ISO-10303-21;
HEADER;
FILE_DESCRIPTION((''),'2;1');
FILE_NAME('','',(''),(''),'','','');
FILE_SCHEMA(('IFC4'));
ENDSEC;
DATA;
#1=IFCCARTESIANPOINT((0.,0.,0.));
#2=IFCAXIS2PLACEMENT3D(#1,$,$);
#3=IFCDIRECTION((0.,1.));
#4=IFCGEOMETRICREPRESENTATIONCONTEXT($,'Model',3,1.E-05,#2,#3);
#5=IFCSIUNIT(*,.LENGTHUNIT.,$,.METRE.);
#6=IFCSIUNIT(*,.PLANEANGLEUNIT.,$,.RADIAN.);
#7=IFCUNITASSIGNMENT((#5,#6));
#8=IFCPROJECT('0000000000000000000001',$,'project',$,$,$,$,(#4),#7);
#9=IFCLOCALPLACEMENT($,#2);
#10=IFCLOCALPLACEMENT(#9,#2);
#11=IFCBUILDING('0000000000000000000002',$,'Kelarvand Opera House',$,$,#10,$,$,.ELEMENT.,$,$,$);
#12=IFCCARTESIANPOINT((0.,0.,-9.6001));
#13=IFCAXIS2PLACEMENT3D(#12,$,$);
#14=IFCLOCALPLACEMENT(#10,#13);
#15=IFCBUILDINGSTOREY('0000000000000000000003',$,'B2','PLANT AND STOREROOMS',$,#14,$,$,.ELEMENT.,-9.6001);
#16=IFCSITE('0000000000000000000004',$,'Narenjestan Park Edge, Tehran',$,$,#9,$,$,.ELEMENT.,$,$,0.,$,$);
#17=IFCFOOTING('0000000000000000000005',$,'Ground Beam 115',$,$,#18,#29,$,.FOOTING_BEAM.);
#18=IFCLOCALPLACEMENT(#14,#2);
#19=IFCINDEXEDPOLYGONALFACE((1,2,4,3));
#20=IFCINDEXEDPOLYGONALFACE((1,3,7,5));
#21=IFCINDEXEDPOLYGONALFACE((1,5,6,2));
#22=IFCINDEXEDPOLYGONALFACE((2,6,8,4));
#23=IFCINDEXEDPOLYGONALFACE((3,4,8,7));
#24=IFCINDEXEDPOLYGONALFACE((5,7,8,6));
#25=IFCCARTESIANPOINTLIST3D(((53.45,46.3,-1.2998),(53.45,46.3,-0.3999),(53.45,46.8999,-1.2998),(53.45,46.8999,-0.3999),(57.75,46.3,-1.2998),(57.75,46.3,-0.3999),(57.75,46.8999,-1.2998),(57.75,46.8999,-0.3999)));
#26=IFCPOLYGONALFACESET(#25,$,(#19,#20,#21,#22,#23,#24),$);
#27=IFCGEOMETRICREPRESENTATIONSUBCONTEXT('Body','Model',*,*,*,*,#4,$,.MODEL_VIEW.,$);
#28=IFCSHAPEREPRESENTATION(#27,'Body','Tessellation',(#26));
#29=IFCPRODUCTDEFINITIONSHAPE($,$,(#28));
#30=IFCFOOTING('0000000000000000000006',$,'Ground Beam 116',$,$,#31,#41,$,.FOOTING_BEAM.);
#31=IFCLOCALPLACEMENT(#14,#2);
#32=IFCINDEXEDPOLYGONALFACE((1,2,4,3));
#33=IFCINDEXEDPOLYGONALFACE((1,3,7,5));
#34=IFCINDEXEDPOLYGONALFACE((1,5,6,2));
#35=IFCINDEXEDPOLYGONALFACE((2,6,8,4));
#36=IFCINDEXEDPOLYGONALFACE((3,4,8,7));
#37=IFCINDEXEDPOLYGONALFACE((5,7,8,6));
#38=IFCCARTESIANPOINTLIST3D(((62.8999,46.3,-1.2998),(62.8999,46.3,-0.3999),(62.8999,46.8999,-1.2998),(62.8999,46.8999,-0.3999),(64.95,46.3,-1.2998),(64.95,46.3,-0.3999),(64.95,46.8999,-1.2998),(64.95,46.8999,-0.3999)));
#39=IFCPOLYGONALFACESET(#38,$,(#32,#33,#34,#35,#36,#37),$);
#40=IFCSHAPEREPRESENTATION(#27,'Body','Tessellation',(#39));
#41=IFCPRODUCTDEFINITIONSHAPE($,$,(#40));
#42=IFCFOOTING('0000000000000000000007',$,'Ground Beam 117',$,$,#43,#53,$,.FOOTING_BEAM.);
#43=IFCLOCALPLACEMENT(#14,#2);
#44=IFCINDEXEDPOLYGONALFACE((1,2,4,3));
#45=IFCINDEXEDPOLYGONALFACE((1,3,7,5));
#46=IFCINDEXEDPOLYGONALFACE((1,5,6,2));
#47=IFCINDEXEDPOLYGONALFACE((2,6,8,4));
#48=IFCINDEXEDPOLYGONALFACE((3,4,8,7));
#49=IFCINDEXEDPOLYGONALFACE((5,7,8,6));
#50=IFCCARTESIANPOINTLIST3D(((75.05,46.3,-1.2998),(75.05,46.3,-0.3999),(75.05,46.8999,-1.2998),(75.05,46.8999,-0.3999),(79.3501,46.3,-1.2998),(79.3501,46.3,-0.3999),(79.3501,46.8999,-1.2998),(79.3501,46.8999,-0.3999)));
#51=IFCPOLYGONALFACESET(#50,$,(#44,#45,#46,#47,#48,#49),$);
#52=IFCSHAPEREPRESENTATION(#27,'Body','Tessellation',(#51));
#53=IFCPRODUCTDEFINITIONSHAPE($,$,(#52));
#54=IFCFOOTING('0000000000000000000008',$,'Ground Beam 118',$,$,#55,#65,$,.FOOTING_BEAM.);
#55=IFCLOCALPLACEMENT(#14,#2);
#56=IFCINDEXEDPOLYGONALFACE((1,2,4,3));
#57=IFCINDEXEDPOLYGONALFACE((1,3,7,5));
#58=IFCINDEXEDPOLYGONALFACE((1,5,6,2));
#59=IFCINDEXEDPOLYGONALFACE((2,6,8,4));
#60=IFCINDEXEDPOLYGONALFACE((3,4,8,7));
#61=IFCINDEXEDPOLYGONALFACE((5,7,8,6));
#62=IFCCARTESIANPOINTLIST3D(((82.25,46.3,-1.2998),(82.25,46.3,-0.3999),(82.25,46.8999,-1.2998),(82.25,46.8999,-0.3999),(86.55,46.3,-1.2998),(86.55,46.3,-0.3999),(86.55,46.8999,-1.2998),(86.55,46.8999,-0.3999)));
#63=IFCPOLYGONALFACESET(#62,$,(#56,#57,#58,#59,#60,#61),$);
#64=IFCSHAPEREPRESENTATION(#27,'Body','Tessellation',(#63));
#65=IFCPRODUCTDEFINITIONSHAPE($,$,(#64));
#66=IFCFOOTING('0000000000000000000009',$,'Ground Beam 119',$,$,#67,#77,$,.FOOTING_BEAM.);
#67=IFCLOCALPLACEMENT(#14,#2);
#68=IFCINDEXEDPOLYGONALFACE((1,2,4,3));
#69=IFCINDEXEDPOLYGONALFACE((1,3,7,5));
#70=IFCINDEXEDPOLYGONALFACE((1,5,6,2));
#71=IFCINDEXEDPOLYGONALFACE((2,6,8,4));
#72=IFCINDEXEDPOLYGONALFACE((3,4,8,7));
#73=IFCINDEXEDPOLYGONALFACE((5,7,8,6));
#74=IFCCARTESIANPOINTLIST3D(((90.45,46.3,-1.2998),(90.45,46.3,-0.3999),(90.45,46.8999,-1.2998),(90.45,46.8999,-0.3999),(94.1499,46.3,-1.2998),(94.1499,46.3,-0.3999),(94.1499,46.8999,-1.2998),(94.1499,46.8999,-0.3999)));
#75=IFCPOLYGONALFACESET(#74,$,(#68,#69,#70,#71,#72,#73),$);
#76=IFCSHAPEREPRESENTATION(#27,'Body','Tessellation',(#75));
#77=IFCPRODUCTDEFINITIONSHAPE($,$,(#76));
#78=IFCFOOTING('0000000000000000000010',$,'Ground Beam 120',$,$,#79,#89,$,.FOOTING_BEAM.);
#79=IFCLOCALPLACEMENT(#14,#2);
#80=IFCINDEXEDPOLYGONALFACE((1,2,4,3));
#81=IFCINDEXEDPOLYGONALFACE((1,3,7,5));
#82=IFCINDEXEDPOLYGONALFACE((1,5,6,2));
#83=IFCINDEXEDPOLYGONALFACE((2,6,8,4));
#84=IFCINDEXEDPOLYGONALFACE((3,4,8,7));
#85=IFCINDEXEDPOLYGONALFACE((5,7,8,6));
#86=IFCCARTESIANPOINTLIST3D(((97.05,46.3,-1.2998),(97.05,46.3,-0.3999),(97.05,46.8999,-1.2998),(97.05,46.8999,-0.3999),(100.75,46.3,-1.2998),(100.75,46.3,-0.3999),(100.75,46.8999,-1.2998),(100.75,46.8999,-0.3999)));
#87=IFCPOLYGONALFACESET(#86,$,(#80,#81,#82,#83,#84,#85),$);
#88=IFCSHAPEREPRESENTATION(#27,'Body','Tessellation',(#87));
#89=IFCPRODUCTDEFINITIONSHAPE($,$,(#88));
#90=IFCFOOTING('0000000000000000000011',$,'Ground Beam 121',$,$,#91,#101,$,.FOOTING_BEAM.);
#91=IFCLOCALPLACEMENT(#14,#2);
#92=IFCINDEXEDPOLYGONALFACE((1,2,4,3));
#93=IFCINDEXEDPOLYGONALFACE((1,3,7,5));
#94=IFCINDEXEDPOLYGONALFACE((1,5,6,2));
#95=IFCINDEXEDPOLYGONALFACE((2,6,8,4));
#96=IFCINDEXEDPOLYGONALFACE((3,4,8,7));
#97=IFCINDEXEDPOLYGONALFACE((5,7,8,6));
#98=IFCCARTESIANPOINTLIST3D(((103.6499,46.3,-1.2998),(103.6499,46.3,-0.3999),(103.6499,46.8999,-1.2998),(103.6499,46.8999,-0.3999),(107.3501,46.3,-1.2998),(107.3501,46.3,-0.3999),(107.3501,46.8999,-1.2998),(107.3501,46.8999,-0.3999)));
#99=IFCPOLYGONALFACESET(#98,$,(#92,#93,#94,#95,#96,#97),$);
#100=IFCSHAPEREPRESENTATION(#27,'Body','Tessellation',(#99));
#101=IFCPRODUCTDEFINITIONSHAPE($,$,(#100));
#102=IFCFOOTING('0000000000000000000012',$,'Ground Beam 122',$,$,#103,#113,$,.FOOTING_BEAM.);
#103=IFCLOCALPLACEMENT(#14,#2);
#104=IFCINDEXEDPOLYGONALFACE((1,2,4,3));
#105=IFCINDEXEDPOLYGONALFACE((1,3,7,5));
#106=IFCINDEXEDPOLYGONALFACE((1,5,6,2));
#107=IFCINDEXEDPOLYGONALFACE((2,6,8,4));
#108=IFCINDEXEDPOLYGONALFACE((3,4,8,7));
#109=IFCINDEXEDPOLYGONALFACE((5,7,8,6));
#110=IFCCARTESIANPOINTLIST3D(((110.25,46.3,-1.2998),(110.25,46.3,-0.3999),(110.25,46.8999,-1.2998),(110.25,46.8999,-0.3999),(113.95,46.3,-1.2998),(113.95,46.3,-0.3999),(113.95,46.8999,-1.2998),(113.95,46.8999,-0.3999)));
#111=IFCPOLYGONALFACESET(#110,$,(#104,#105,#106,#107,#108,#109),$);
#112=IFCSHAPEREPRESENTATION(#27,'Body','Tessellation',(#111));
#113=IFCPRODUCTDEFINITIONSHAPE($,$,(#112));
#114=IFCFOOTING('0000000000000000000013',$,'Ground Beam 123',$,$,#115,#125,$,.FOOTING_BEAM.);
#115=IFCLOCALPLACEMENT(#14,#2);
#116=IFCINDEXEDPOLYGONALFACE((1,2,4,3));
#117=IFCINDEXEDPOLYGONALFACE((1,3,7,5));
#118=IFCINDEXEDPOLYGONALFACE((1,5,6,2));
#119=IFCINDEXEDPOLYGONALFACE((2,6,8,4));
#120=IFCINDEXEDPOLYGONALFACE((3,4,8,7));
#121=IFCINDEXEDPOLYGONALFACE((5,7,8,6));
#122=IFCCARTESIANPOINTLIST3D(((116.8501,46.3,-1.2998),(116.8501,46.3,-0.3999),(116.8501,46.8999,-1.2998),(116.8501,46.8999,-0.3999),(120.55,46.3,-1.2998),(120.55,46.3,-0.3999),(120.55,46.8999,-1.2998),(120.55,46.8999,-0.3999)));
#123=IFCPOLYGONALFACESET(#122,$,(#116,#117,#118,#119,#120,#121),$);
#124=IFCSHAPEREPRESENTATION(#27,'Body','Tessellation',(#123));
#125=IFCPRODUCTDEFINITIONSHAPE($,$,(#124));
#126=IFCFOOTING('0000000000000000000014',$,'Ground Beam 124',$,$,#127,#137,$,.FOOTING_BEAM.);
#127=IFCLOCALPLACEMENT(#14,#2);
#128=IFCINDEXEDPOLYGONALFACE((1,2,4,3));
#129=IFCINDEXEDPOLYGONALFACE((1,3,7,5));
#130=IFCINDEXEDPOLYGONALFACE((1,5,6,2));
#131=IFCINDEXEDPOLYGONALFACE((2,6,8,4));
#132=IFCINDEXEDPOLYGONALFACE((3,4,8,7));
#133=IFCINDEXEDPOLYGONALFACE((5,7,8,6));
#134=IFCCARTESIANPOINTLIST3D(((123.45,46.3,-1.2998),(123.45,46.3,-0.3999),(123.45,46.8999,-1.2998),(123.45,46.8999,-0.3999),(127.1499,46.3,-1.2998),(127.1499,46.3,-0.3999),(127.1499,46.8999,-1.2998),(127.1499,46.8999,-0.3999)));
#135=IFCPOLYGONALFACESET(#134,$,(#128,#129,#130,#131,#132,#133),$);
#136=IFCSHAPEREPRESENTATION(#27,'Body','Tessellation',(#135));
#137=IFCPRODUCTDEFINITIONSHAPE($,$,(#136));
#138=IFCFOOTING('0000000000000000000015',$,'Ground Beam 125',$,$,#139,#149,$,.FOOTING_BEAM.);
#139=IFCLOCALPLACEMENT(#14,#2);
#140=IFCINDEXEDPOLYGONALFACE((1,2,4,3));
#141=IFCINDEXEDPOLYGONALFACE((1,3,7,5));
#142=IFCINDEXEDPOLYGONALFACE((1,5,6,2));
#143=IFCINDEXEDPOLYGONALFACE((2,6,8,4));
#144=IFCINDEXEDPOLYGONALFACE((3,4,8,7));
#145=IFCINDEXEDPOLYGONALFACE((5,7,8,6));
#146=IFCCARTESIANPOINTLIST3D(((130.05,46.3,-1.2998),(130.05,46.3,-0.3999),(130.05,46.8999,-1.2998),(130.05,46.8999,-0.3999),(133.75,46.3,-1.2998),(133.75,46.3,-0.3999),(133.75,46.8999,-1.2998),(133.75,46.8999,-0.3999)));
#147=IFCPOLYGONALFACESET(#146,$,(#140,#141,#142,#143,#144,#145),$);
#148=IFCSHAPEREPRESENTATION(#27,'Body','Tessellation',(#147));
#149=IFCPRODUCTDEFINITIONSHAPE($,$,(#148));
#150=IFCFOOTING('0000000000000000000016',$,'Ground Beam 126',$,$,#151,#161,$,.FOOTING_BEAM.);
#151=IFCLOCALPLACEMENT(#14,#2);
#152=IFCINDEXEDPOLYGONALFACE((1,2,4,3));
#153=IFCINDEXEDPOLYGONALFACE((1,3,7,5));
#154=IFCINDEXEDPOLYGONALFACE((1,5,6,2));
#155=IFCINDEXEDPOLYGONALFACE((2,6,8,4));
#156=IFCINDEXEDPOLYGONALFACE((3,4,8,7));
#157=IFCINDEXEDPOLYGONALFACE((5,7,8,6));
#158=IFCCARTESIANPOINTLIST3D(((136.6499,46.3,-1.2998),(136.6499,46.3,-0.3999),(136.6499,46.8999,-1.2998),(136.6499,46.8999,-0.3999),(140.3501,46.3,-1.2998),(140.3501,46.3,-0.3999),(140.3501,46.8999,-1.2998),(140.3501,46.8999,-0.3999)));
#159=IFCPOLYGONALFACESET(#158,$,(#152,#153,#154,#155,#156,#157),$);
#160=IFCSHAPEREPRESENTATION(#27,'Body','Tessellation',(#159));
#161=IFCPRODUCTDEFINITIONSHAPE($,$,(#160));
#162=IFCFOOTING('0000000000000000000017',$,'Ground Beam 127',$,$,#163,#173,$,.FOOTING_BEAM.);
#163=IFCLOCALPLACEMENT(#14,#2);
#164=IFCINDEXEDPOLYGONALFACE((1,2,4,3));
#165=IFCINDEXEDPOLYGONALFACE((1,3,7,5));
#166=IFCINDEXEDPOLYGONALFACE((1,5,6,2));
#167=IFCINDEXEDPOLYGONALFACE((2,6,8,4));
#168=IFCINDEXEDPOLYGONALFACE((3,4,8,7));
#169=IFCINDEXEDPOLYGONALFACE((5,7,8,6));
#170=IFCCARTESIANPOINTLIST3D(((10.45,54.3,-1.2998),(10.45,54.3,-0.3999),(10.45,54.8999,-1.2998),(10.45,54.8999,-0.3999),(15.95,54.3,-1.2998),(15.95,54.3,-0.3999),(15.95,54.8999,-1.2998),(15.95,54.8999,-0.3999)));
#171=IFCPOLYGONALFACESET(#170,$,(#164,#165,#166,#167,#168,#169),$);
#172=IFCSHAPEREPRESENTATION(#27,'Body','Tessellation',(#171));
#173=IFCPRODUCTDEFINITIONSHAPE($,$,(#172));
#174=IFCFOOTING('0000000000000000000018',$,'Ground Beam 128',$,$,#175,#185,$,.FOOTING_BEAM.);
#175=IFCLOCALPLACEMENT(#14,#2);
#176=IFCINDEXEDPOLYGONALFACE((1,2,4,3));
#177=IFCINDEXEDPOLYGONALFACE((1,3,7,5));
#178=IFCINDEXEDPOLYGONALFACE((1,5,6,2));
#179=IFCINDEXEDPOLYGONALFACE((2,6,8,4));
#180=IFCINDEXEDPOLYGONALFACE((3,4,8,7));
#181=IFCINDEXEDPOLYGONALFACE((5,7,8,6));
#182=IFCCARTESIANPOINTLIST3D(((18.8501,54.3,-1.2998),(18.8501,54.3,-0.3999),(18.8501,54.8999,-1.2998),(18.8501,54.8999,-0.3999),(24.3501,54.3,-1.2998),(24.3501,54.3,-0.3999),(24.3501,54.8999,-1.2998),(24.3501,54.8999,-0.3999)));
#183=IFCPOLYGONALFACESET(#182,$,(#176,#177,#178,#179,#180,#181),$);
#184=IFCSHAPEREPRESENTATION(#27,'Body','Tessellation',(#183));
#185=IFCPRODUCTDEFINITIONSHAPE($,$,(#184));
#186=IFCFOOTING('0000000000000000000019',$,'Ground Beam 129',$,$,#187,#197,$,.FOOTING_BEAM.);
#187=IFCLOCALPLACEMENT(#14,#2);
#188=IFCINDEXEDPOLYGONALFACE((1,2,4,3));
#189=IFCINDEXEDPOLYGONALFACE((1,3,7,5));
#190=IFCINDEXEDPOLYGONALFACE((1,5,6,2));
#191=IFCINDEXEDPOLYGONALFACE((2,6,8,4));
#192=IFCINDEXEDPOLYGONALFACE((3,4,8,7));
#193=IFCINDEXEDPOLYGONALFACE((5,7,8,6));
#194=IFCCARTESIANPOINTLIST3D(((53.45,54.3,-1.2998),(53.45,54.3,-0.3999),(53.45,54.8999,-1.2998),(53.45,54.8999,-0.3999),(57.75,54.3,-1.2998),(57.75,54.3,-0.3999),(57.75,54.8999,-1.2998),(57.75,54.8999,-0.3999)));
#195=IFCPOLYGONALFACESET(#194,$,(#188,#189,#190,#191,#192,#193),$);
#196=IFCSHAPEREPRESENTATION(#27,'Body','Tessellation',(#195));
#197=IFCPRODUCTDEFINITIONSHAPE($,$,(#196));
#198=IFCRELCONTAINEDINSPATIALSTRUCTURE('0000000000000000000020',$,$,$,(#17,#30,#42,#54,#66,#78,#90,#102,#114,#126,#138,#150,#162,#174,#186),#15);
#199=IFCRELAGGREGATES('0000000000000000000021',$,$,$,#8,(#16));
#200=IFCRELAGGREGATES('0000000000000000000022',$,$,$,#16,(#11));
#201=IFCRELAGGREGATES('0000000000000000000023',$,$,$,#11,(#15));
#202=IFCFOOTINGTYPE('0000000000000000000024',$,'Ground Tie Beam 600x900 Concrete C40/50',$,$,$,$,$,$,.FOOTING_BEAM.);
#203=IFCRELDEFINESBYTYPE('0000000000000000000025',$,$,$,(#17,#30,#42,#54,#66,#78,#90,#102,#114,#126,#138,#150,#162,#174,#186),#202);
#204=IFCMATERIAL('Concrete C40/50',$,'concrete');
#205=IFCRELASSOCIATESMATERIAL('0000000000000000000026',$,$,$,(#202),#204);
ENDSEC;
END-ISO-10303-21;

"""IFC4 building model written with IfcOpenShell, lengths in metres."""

from ifc_helpers import new_model, si_unit, direction, frame, origin, place, context, subcontext, project, spatial, polyline, outline, extrude, material, type_object, element, save


model = new_model("IFC4")

# Units and contexts
model_context = context("Model", 3, precision=1e-05, world=origin(), true_north=direction((0.0, 1.0)))
body_context = subcontext(model_context, "Body", "Model", "MODEL_VIEW")
ifc_project = project(units=[si_unit("LENGTHUNIT", "METRE"), si_unit("PLANEANGLEUNIT", "RADIAN")], contexts=[model_context])

# Site, building, storey
site_placement = place(None, origin())
site = spatial("IfcSite", under=ifc_project, at=site_placement, Name="Narenjestan Park Edge, Tehran", CompositionType="ELEMENT", RefElevation=0.0)
building_placement = place(site_placement, origin())
building = spatial("IfcBuilding", under=site, at=building_placement, Name="Kelarvand Opera House", CompositionType="ELEMENT")
storey_placement = place(building_placement, frame((0.0, 0.0, -9.6001)))
storey = spatial("IfcBuildingStorey", under=building, at=storey_placement, Name="B2", Description="PLANT AND STOREROOMS", CompositionType="ELEMENT", Elevation=-9.6001)

# Footings
ifc_material = material(Name="Concrete C40/50", Category="concrete")
footing_type = type_object("IfcFootingType", Name="Ground Tie Beam 600x900 Concrete C40/50", PredefinedType="FOOTING_BEAM", material=ifc_material)
footing_1_placement = place(storey_placement, frame((0.0, 0.0, -1.2998)))
element("IfcFooting", 1, at=footing_1_placement, inside=storey, type_object=footing_type, Name="Ground Beam 115", PredefinedType="FOOTING_BEAM", context=body_context, shape_type="SweptSolid", body=[
    extrude(outline(polyline([(53.45, 46.3), (57.75, 46.3), (57.75, 46.8999), (53.45, 46.8999), (53.45, 46.3)])), origin(), (0.0, 0.0, 1.0), 0.8999),
])
footing_2_placement = place(storey_placement, frame((0.0, 0.0, -1.2998)))
element("IfcFooting", 2, at=footing_2_placement, inside=storey, type_object=footing_type, Name="Ground Beam 116", PredefinedType="FOOTING_BEAM", context=body_context, shape_type="SweptSolid", body=[
    extrude(outline(polyline([(62.8999, 46.3), (64.95, 46.3), (64.95, 46.8999), (62.8999, 46.8999), (62.8999, 46.3)])), origin(), (0.0, 0.0, 1.0), 0.8999),
])
footing_3_placement = place(storey_placement, frame((0.0, 0.0, -1.2998)))
element("IfcFooting", 3, at=footing_3_placement, inside=storey, type_object=footing_type, Name="Ground Beam 117", PredefinedType="FOOTING_BEAM", context=body_context, shape_type="SweptSolid", body=[
    extrude(outline(polyline([(75.05, 46.3), (79.3501, 46.3), (79.3501, 46.8999), (75.05, 46.8999), (75.05, 46.3)])), origin(), (0.0, 0.0, 1.0), 0.8999),
])
footing_4_placement = place(storey_placement, frame((0.0, 0.0, -1.2998)))
element("IfcFooting", 4, at=footing_4_placement, inside=storey, type_object=footing_type, Name="Ground Beam 118", PredefinedType="FOOTING_BEAM", context=body_context, shape_type="SweptSolid", body=[
    extrude(outline(polyline([(82.25, 46.3), (86.55, 46.3), (86.55, 46.8999), (82.25, 46.8999), (82.25, 46.3)])), origin(), (0.0, 0.0, 1.0), 0.8999),
])
footing_5_placement = place(storey_placement, frame((0.0, 0.0, -1.2998)))
element("IfcFooting", 5, at=footing_5_placement, inside=storey, type_object=footing_type, Name="Ground Beam 119", PredefinedType="FOOTING_BEAM", context=body_context, shape_type="SweptSolid", body=[
    extrude(outline(polyline([(90.45, 46.3), (94.1499, 46.3), (94.1499, 46.8999), (90.45, 46.8999), (90.45, 46.3)])), origin(), (0.0, 0.0, 1.0), 0.8999),
])
footing_6_placement = place(storey_placement, frame((0.0, 0.0, -1.2998)))
element("IfcFooting", 6, at=footing_6_placement, inside=storey, type_object=footing_type, Name="Ground Beam 120", PredefinedType="FOOTING_BEAM", context=body_context, shape_type="SweptSolid", body=[
    extrude(outline(polyline([(97.05, 46.3), (100.75, 46.3), (100.75, 46.8999), (97.05, 46.8999), (97.05, 46.3)])), origin(), (0.0, 0.0, 1.0), 0.8999),
])
footing_7_placement = place(storey_placement, frame((0.0, 0.0, -1.2998)))
element("IfcFooting", 7, at=footing_7_placement, inside=storey, type_object=footing_type, Name="Ground Beam 121", PredefinedType="FOOTING_BEAM", context=body_context, shape_type="SweptSolid", body=[
    extrude(outline(polyline([(103.6499, 46.3), (107.3501, 46.3), (107.3501, 46.8999), (103.6499, 46.8999), (103.6499, 46.3)])), origin(), (0.0, 0.0, 1.0), 0.8999),
])
footing_8_placement = place(storey_placement, frame((0.0, 0.0, -1.2998)))
element("IfcFooting", 8, at=footing_8_placement, inside=storey, type_object=footing_type, Name="Ground Beam 122", PredefinedType="FOOTING_BEAM", context=body_context, shape_type="SweptSolid", body=[
    extrude(outline(polyline([(110.25, 46.3), (113.95, 46.3), (113.95, 46.8999), (110.25, 46.8999), (110.25, 46.3)])), origin(), (0.0, 0.0, 1.0), 0.8999),
])
footing_9_placement = place(storey_placement, frame((0.0, 0.0, -1.2998)))
element("IfcFooting", 9, at=footing_9_placement, inside=storey, type_object=footing_type, Name="Ground Beam 123", PredefinedType="FOOTING_BEAM", context=body_context, shape_type="SweptSolid", body=[
    extrude(outline(polyline([(116.8501, 46.3), (120.55, 46.3), (120.55, 46.8999), (116.8501, 46.8999), (116.8501, 46.3)])), origin(), (0.0, 0.0, 1.0), 0.8999),
])
footing_10_placement = place(storey_placement, frame((0.0, 0.0, -1.2998)))
element("IfcFooting", 10, at=footing_10_placement, inside=storey, type_object=footing_type, Name="Ground Beam 124", PredefinedType="FOOTING_BEAM", context=body_context, shape_type="SweptSolid", body=[
    extrude(outline(polyline([(123.45, 46.3), (127.1499, 46.3), (127.1499, 46.8999), (123.45, 46.8999), (123.45, 46.3)])), origin(), (0.0, 0.0, 1.0), 0.8999),
])
footing_11_placement = place(storey_placement, frame((0.0, 0.0, -1.2998)))
element("IfcFooting", 11, at=footing_11_placement, inside=storey, type_object=footing_type, Name="Ground Beam 125", PredefinedType="FOOTING_BEAM", context=body_context, shape_type="SweptSolid", body=[
    extrude(outline(polyline([(130.05, 46.3), (133.75, 46.3), (133.75, 46.8999), (130.05, 46.8999), (130.05, 46.3)])), origin(), (0.0, 0.0, 1.0), 0.8999),
])
footing_12_placement = place(storey_placement, frame((0.0, 0.0, -1.2998)))
element("IfcFooting", 12, at=footing_12_placement, inside=storey, type_object=footing_type, Name="Ground Beam 126", PredefinedType="FOOTING_BEAM", context=body_context, shape_type="SweptSolid", body=[
    extrude(outline(polyline([(136.6499, 46.3), (140.3501, 46.3), (140.3501, 46.8999), (136.6499, 46.8999), (136.6499, 46.3)])), origin(), (0.0, 0.0, 1.0), 0.8999),
])
footing_13_placement = place(storey_placement, frame((0.0, 0.0, -1.2998)))
element("IfcFooting", 13, at=footing_13_placement, inside=storey, type_object=footing_type, Name="Ground Beam 127", PredefinedType="FOOTING_BEAM", context=body_context, shape_type="SweptSolid", body=[
    extrude(outline(polyline([(10.45, 54.3), (15.95, 54.3), (15.95, 54.8999), (10.45, 54.8999), (10.45, 54.3)])), origin(), (0.0, 0.0, 1.0), 0.8999),
])
footing_14_placement = place(storey_placement, frame((0.0, 0.0, -1.2998)))
element("IfcFooting", 14, at=footing_14_placement, inside=storey, type_object=footing_type, Name="Ground Beam 128", PredefinedType="FOOTING_BEAM", context=body_context, shape_type="SweptSolid", body=[
    extrude(outline(polyline([(18.8501, 54.3), (24.3501, 54.3), (24.3501, 54.8999), (18.8501, 54.8999), (18.8501, 54.3)])), origin(), (0.0, 0.0, 1.0), 0.8999),
])
footing_15_placement = place(storey_placement, frame((0.0, 0.0, -1.2998)))
element("IfcFooting", 15, at=footing_15_placement, inside=storey, type_object=footing_type, Name="Ground Beam 129", PredefinedType="FOOTING_BEAM", context=body_context, shape_type="SweptSolid", body=[
    extrude(outline(polyline([(53.45, 54.3), (57.75, 54.3), (57.75, 54.8999), (53.45, 54.8999), (53.45, 54.3)])), origin(), (0.0, 0.0, 1.0), 0.8999),
])

save(model, "model.ifc")
